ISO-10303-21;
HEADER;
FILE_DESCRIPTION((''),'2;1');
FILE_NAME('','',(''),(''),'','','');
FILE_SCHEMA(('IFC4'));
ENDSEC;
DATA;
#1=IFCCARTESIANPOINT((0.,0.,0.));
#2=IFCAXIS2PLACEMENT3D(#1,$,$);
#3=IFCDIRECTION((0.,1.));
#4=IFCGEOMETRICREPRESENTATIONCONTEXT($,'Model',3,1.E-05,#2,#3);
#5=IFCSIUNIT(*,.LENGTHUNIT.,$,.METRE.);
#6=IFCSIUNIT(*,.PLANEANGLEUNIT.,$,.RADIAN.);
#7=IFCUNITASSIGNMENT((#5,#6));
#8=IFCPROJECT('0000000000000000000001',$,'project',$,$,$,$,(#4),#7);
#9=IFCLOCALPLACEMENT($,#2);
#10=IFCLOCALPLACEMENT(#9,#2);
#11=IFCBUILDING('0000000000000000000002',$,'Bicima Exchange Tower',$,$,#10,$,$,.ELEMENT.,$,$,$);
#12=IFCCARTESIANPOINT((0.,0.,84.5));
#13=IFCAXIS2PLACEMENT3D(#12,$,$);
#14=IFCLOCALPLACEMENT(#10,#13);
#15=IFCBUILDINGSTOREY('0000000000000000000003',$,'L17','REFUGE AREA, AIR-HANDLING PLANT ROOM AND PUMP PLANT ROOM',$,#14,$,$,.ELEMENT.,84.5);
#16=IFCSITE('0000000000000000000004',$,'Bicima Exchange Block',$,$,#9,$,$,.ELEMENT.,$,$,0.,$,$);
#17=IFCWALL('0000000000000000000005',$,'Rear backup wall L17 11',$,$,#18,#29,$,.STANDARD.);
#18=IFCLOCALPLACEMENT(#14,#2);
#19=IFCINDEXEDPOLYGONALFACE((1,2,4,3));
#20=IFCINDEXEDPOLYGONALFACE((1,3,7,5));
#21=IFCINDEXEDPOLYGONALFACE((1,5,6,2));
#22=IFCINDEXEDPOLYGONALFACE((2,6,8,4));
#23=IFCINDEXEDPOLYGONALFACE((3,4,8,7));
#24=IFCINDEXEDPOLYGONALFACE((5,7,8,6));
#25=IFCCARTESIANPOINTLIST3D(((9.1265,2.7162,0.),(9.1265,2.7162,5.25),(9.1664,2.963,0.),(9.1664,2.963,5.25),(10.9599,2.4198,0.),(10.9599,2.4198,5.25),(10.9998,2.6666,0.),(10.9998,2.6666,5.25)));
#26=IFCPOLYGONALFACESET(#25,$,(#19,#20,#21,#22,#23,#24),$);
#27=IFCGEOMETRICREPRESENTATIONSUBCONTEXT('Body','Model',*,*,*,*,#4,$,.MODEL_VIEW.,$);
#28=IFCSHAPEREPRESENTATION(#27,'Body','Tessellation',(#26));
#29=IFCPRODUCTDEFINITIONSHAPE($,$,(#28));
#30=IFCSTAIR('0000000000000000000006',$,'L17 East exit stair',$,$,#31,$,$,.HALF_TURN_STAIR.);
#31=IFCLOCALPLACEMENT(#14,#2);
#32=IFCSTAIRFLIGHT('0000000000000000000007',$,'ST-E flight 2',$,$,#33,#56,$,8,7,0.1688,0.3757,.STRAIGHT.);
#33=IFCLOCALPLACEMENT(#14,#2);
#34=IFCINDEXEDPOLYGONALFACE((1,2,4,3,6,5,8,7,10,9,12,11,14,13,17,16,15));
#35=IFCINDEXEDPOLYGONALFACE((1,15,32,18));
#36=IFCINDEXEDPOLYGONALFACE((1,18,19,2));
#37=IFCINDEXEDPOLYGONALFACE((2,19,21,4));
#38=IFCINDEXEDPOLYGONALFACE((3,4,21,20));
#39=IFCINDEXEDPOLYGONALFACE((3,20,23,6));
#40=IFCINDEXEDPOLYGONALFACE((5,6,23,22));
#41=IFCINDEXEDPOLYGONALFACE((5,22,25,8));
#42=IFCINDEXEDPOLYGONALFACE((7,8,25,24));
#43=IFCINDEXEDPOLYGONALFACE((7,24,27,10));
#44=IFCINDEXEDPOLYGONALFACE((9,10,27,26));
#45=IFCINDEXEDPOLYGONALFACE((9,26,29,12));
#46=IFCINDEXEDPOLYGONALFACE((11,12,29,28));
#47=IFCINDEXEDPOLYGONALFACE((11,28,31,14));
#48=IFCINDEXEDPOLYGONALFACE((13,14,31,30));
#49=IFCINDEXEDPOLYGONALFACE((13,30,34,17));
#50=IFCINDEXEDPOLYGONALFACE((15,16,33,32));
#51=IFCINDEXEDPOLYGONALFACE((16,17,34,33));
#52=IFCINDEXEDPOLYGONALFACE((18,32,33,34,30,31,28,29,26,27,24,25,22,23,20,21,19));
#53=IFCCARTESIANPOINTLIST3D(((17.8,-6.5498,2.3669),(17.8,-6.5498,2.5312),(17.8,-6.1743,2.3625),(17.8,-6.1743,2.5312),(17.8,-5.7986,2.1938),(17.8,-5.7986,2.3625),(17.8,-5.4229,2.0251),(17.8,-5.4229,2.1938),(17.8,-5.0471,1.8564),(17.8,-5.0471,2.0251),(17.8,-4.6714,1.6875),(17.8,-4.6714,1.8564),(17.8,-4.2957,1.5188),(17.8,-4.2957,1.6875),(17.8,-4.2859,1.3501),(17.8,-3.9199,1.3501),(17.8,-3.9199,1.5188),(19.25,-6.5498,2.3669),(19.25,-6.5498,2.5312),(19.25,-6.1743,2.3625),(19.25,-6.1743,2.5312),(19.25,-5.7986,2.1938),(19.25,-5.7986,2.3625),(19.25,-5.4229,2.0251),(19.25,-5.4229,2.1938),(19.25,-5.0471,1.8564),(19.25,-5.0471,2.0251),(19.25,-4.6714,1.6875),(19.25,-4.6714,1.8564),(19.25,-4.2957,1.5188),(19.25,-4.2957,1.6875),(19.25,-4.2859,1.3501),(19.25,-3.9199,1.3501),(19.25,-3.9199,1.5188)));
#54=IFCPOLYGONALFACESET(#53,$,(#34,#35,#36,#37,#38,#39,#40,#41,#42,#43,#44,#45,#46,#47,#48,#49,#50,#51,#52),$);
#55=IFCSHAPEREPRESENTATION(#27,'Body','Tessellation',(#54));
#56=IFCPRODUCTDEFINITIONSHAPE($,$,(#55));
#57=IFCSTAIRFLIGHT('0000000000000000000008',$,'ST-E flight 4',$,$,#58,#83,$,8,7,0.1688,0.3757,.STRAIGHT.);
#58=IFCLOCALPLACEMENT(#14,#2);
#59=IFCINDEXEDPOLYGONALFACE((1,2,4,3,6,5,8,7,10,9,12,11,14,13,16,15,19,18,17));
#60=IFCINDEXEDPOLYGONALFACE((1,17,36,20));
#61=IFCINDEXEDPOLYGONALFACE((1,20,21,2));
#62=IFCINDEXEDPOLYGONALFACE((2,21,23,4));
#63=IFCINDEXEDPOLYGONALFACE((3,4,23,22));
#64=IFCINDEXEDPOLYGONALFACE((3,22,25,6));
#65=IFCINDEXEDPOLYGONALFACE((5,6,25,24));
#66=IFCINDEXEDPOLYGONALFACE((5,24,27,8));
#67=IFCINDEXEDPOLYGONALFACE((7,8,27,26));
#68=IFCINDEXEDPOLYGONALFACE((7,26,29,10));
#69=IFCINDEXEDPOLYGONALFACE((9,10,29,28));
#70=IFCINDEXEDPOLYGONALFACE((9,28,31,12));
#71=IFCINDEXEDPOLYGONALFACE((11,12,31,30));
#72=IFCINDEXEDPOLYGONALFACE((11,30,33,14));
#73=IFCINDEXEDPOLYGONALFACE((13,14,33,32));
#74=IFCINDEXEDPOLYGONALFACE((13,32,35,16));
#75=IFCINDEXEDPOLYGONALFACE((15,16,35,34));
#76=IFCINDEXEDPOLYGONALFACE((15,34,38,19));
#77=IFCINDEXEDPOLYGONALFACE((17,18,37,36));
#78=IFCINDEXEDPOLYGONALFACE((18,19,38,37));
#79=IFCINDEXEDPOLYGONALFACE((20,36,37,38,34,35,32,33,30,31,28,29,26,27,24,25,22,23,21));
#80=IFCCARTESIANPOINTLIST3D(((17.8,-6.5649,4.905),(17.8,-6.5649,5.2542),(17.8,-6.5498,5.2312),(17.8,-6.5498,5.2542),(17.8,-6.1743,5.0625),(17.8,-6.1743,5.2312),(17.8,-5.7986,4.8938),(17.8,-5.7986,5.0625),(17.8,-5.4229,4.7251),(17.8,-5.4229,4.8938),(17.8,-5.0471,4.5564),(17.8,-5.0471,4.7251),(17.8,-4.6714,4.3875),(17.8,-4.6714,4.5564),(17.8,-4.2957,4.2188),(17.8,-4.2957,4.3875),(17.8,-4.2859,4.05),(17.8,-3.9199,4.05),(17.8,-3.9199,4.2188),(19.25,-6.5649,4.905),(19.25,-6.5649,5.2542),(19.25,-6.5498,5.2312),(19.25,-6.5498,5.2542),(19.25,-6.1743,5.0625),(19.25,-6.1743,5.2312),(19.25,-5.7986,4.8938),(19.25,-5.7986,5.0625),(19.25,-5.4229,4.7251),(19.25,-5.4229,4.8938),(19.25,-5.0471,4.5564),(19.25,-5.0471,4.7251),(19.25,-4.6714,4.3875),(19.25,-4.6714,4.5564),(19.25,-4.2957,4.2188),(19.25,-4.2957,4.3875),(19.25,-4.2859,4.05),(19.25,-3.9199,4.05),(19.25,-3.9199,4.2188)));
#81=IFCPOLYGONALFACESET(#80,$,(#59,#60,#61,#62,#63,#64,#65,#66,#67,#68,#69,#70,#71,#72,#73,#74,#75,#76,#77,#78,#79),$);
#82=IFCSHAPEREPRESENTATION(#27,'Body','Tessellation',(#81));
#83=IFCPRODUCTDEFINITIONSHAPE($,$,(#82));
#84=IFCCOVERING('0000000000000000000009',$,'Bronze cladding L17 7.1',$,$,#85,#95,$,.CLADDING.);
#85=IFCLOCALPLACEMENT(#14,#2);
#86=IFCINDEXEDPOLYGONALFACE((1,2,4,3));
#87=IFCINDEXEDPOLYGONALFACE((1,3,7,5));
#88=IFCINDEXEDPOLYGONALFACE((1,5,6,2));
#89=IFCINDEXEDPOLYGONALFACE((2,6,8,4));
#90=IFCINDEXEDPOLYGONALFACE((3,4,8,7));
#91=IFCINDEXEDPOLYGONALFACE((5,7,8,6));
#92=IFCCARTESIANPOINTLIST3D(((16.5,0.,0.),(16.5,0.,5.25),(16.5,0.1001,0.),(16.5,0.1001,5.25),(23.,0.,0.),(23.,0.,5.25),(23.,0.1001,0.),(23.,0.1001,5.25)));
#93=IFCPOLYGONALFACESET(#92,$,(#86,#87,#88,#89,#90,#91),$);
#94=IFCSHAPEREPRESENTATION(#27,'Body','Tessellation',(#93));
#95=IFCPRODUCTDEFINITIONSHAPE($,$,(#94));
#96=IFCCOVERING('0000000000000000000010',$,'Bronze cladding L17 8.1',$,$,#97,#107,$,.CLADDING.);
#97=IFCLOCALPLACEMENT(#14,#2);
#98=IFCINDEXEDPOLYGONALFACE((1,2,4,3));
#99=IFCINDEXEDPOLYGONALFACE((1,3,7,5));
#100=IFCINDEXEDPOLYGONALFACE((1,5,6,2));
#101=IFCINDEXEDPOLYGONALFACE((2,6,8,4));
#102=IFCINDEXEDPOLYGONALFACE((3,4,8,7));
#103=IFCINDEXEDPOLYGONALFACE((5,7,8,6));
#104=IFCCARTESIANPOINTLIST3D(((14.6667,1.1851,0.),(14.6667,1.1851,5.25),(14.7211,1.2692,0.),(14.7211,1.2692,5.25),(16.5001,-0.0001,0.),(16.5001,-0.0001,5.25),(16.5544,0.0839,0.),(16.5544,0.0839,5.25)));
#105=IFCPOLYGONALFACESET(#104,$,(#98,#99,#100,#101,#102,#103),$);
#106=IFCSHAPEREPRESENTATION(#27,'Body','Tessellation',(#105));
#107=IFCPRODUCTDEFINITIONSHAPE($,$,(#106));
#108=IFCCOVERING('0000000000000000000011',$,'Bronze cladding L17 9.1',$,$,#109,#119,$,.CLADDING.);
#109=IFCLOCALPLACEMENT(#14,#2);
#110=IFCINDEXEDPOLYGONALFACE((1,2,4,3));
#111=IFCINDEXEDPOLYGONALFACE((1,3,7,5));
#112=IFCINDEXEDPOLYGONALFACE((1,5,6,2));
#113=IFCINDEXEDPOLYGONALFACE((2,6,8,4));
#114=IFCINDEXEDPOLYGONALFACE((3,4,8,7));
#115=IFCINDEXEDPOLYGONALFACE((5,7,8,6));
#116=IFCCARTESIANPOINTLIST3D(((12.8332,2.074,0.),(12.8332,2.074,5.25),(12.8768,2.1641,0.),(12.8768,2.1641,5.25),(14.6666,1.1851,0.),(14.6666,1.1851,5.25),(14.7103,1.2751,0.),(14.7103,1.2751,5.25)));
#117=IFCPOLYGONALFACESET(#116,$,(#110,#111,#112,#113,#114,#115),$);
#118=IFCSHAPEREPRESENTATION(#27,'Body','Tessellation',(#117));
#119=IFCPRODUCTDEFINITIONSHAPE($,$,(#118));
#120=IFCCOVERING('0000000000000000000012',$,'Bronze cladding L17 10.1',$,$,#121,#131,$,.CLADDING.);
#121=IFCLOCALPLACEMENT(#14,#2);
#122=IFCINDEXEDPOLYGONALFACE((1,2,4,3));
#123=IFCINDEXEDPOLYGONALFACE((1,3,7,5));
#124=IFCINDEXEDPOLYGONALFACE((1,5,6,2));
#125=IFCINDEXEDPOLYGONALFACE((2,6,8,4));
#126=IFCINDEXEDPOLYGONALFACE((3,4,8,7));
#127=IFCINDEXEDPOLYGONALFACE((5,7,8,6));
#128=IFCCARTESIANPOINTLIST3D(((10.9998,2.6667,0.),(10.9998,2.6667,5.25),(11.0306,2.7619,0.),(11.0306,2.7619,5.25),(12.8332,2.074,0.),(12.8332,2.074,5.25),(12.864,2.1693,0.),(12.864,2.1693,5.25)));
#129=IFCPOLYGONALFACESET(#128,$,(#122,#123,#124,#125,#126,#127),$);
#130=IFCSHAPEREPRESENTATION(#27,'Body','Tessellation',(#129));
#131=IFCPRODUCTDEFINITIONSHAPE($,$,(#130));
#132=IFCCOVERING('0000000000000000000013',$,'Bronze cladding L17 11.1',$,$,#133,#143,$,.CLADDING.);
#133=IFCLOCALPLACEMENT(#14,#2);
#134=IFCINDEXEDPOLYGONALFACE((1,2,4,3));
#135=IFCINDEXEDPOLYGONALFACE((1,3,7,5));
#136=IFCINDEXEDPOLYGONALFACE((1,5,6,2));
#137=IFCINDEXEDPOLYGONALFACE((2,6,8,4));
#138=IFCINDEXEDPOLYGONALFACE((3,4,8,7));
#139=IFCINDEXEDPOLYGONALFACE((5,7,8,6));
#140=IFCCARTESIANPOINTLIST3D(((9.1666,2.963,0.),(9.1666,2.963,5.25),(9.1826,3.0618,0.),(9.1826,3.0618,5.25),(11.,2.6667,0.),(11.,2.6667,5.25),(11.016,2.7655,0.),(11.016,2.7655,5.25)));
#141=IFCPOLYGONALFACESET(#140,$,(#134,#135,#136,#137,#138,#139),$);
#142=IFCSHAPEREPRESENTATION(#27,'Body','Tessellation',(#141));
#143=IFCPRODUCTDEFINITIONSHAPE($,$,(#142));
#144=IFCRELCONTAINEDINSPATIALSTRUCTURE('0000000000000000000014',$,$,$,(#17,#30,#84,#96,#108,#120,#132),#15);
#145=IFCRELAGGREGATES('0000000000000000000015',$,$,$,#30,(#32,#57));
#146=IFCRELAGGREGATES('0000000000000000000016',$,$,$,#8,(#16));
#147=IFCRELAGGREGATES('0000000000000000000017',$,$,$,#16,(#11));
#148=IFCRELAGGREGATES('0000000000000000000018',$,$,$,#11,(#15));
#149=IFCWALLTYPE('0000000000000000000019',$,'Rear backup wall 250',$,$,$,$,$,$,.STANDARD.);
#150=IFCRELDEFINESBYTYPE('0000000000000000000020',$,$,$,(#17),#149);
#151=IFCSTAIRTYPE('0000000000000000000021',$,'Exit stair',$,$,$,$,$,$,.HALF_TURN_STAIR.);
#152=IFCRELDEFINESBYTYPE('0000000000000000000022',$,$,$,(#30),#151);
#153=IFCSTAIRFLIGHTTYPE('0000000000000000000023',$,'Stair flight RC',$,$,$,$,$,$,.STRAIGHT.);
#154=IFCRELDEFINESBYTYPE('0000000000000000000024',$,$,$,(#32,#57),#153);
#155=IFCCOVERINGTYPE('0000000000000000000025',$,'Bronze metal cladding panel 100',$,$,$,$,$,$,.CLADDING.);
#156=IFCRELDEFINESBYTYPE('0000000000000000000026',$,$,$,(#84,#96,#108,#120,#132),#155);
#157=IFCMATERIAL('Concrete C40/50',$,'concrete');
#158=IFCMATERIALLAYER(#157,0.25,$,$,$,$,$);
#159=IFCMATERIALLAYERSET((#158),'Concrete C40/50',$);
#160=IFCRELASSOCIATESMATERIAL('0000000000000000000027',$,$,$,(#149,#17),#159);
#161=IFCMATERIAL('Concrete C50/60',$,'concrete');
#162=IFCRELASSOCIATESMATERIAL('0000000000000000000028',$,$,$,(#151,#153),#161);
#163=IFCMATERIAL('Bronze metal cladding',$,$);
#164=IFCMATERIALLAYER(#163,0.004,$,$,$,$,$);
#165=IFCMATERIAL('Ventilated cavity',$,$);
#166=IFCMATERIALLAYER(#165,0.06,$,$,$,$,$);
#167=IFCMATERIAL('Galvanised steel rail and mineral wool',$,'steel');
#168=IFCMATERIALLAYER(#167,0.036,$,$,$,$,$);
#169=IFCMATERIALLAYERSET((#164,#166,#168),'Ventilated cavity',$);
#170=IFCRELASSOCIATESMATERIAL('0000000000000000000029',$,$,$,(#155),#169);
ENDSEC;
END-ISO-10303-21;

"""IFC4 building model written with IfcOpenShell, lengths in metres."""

from ifc_helpers import new_model, si_unit, direction, frame, frame_2d, origin, origin_2d, place, context, subcontext, project, spatial, polyline, rectangle, outline, extrude, material, layer, layer_set, layer_usage, type_object, element, aggregate, save


model = new_model("IFC4")

# Units and contexts
model_context = context("Model", 3, precision=1e-05, world=origin(), true_north=direction((0.0, 1.0)))
body_context = subcontext(model_context, "Body", "Model", "MODEL_VIEW")
ifc_project = project(units=[si_unit("LENGTHUNIT", "METRE"), si_unit("PLANEANGLEUNIT", "RADIAN")], contexts=[model_context])

# Site, building, storey
site_placement = place(None, origin())
site = spatial("IfcSite", under=ifc_project, at=site_placement, Name="Bicima Exchange Block", CompositionType="ELEMENT", RefElevation=0.0)
building_placement = place(site_placement, origin())
building = spatial("IfcBuilding", under=site, at=building_placement, Name="Bicima Exchange Tower", CompositionType="ELEMENT")
storey_placement = place(building_placement, frame((0.0, 0.0, 84.5)))
storey = spatial("IfcBuildingStorey", under=building, at=storey_placement, Name="L17", Description="REFUGE AREA, AIR-HANDLING PLANT ROOM AND PUMP PLANT ROOM", CompositionType="ELEMENT", Elevation=84.5)

# Wall
ifc_material_1 = material(Name="Concrete C40/50", Category="concrete")
ifc_layer_1 = layer(ifc_material_1, 0.25)
ifc_layer_set_1 = layer_set([ifc_layer_1], Name="Concrete C40/50")
ifc_layer_usage = layer_usage(ifc_layer_set_1, "AXIS2", "POSITIVE", -0.125)
wall_type_1 = type_object("IfcWallType", Name="Rear backup wall 250", PredefinedType="STANDARD", material=ifc_layer_set_1)
wall_1_placement = place(storey_placement, frame((10.98, 2.5432, 0.0), z_axis=(0.0, 0.0, 1.0), x_axis=(-0.987182, 0.1596, 0.0)))
element("IfcWall", 1, at=wall_1_placement, inside=storey, type_object=wall_type_1, material=ifc_layer_usage, Name="Rear backup wall L17 11", PredefinedType="STANDARD", context=body_context, shape_type="SweptSolid", body=[
    extrude(rectangle(XDim=1.8572, YDim=0.25, at=frame_2d((0.9287, 0.0))), origin(), (0.0, 0.0, 1.0), 5.25),
])

# Stair, stair flights
ifc_material_2 = material(Name="Concrete C50/60", Category="concrete")
stair_type = type_object("IfcStairType", Name="Exit stair", PredefinedType="HALF_TURN_STAIR", material=ifc_material_2)
stair_placement = place(storey_placement, origin())
stair = element("IfcStair", 2, at=stair_placement, inside=storey, type_object=stair_type, Name="L17 East exit stair", PredefinedType="HALF_TURN_STAIR")
stair_flight_type = type_object("IfcStairFlightType", Name="Stair flight RC", PredefinedType="STRAIGHT", material=ifc_material_2)
stair_flight_1_placement = place(storey_placement, frame((18.5249, -3.9199, 1.3501), z_axis=(0.0, 0.0, 1.0), x_axis=(0.0, -1.0, 0.0)))
stair_flight_1 = element("IfcStairFlight", 3, at=stair_flight_1_placement, type_object=stair_flight_type, Name="ST-E flight 2", NumberOfRisers=8, NumberOfTreads=7, PredefinedType="STRAIGHT", RiserHeight=0.1688, TreadLength=0.3757, context=body_context, shape_type="SweptSolid", body=[
    extrude(outline(polyline([(0.0, 0.0), (0.0, 0.1687), (0.3757, 0.1687), (0.3757, 0.3374), (0.7515, 0.3374), (0.7515, 0.5063), (1.1272, 0.5063), (1.1272, 0.675), (1.5029, 0.675), (1.5029, 0.8438), (1.8787, 0.8438), (1.8787, 1.0125), (2.2544, 1.0125), (2.2544, 1.1812), (2.6299, 1.1812), (2.6299, 1.3501), (2.6299, 1.0168), (0.366, 0.0), (0.0, 0.0)])), frame((0.0, 0.7251, 0.0), z_axis=(0.0, -1.0, 0.0), x_axis=(1.0, 0.0, 0.0)), (0.0, 0.0, 1.0), 1.45),
])
stair_flight_2_placement = place(storey_placement, frame((18.5249, -3.9199, 4.05), z_axis=(0.0, 0.0, 1.0), x_axis=(0.0, -1.0, 0.0)))
stair_flight_2 = element("IfcStairFlight", 4, at=stair_flight_2_placement, type_object=stair_flight_type, Name="ST-E flight 4", NumberOfRisers=8, NumberOfTreads=7, PredefinedType="STRAIGHT", RiserHeight=0.1688, TreadLength=0.3757, context=body_context, shape_type="SweptSolid", body=[
    extrude(outline(polyline([(0.0, 0.0), (0.0, 0.1687), (0.3757, 0.1687), (0.3757, 0.3374), (0.7515, 0.3374), (0.7515, 0.5063), (1.1272, 0.5063), (1.1272, 0.675), (1.5029, 0.675), (1.5029, 0.8438), (1.8787, 0.8438), (1.8787, 1.0125), (2.2544, 1.0125), (2.2544, 1.1812), (2.6299, 1.1812), (2.6299, 1.2041), (2.645, 1.2041), (2.645, 0.855), (0.366, 0.0), (0.0, 0.0)])), frame((0.0, 0.7251, 0.0), z_axis=(0.0, -1.0, 0.0), x_axis=(1.0, 0.0, 0.0)), (0.0, 0.0, 1.0), 1.45),
])
aggregate(stair, [stair_flight_1, stair_flight_2])

# Coverings
ifc_material_3 = material(Name="Bronze metal cladding")
ifc_layer_2 = layer(ifc_material_3, 0.004)
ifc_material_4 = material(Name="Ventilated cavity")
ifc_layer_3 = layer(ifc_material_4, 0.06)
ifc_material_5 = material(Name="Galvanised steel rail and mineral wool", Category="steel")
ifc_layer_4 = layer(ifc_material_5, 0.036)
ifc_layer_set_2 = layer_set([ifc_layer_2, ifc_layer_3, ifc_layer_4], Name="Ventilated cavity")
covering_type = type_object("IfcCoveringType", Name="Bronze metal cladding panel 100", PredefinedType="CLADDING", material=ifc_layer_set_2)
covering_1_placement = place(storey_placement, frame((19.75, 0.05, 0.0), z_axis=(0.0, 0.0, 1.0), x_axis=(-1.0, 0.0, 0.0)))
element("IfcCovering", 5, at=covering_1_placement, inside=storey, type_object=covering_type, Name="Bronze cladding L17 7.1", PredefinedType="CLADDING", context=body_context, shape_type="SweptSolid", body=[
    extrude(rectangle(XDim=6.5, YDim=0.1001, at=origin_2d()), origin(), (0.0, 0.0, 1.0), 5.25),
])
covering_2_placement = place(storey_placement, frame((15.6106, 0.6345, 0.0), z_axis=(0.0, 0.0, 1.0), x_axis=(-0.83979, 0.542911, 0.0)))
element("IfcCovering", 6, at=covering_2_placement, inside=storey, type_object=covering_type, Name="Bronze cladding L17 8.1", PredefinedType="CLADDING", context=body_context, shape_type="SweptSolid", body=[
    extrude(rectangle(XDim=2.1831, YDim=0.1001, at=origin_2d()), origin(), (0.0, 0.0, 1.0), 5.25),
])
covering_3_placement = place(storey_placement, frame((13.7717, 1.6746, 0.0), z_axis=(0.0, 0.0, 1.0), x_axis=(-0.899818, 0.436265, 0.0)))
element("IfcCovering", 7, at=covering_3_placement, inside=storey, type_object=covering_type, Name="Bronze cladding L17 9.1", PredefinedType="CLADDING", context=body_context, shape_type="SweptSolid", body=[
    extrude(rectangle(XDim=2.0376, YDim=0.1001, at=origin_2d()), origin(), (0.0, 0.0, 1.0), 5.25),
])
covering_4_placement = place(storey_placement, frame((11.9319, 2.418, 0.0), z_axis=(0.0, 0.0, 1.0), x_axis=(-0.951525, 0.307573, 0.0)))
element("IfcCovering", 8, at=covering_4_placement, inside=storey, type_object=covering_type, Name="Bronze cladding L17 10.1", PredefinedType="CLADDING", context=body_context, shape_type="SweptSolid", body=[
    extrude(rectangle(XDim=1.9268, YDim=0.1001, at=origin_2d()), origin(), (0.0, 0.0, 1.0), 5.25),
])
covering_5_placement = place(storey_placement, frame((10.0913, 2.8643, 0.0), z_axis=(0.0, 0.0, 1.0), x_axis=(-0.98719, 0.15955, 0.0)))
element("IfcCovering", 9, at=covering_5_placement, inside=storey, type_object=covering_type, Name="Bronze cladding L17 11.1", PredefinedType="CLADDING", context=body_context, shape_type="SweptSolid", body=[
    extrude(rectangle(XDim=1.8572, YDim=0.1001, at=origin_2d()), origin(), (0.0, 0.0, 1.0), 5.25),
])

save(model, "model.ifc")
